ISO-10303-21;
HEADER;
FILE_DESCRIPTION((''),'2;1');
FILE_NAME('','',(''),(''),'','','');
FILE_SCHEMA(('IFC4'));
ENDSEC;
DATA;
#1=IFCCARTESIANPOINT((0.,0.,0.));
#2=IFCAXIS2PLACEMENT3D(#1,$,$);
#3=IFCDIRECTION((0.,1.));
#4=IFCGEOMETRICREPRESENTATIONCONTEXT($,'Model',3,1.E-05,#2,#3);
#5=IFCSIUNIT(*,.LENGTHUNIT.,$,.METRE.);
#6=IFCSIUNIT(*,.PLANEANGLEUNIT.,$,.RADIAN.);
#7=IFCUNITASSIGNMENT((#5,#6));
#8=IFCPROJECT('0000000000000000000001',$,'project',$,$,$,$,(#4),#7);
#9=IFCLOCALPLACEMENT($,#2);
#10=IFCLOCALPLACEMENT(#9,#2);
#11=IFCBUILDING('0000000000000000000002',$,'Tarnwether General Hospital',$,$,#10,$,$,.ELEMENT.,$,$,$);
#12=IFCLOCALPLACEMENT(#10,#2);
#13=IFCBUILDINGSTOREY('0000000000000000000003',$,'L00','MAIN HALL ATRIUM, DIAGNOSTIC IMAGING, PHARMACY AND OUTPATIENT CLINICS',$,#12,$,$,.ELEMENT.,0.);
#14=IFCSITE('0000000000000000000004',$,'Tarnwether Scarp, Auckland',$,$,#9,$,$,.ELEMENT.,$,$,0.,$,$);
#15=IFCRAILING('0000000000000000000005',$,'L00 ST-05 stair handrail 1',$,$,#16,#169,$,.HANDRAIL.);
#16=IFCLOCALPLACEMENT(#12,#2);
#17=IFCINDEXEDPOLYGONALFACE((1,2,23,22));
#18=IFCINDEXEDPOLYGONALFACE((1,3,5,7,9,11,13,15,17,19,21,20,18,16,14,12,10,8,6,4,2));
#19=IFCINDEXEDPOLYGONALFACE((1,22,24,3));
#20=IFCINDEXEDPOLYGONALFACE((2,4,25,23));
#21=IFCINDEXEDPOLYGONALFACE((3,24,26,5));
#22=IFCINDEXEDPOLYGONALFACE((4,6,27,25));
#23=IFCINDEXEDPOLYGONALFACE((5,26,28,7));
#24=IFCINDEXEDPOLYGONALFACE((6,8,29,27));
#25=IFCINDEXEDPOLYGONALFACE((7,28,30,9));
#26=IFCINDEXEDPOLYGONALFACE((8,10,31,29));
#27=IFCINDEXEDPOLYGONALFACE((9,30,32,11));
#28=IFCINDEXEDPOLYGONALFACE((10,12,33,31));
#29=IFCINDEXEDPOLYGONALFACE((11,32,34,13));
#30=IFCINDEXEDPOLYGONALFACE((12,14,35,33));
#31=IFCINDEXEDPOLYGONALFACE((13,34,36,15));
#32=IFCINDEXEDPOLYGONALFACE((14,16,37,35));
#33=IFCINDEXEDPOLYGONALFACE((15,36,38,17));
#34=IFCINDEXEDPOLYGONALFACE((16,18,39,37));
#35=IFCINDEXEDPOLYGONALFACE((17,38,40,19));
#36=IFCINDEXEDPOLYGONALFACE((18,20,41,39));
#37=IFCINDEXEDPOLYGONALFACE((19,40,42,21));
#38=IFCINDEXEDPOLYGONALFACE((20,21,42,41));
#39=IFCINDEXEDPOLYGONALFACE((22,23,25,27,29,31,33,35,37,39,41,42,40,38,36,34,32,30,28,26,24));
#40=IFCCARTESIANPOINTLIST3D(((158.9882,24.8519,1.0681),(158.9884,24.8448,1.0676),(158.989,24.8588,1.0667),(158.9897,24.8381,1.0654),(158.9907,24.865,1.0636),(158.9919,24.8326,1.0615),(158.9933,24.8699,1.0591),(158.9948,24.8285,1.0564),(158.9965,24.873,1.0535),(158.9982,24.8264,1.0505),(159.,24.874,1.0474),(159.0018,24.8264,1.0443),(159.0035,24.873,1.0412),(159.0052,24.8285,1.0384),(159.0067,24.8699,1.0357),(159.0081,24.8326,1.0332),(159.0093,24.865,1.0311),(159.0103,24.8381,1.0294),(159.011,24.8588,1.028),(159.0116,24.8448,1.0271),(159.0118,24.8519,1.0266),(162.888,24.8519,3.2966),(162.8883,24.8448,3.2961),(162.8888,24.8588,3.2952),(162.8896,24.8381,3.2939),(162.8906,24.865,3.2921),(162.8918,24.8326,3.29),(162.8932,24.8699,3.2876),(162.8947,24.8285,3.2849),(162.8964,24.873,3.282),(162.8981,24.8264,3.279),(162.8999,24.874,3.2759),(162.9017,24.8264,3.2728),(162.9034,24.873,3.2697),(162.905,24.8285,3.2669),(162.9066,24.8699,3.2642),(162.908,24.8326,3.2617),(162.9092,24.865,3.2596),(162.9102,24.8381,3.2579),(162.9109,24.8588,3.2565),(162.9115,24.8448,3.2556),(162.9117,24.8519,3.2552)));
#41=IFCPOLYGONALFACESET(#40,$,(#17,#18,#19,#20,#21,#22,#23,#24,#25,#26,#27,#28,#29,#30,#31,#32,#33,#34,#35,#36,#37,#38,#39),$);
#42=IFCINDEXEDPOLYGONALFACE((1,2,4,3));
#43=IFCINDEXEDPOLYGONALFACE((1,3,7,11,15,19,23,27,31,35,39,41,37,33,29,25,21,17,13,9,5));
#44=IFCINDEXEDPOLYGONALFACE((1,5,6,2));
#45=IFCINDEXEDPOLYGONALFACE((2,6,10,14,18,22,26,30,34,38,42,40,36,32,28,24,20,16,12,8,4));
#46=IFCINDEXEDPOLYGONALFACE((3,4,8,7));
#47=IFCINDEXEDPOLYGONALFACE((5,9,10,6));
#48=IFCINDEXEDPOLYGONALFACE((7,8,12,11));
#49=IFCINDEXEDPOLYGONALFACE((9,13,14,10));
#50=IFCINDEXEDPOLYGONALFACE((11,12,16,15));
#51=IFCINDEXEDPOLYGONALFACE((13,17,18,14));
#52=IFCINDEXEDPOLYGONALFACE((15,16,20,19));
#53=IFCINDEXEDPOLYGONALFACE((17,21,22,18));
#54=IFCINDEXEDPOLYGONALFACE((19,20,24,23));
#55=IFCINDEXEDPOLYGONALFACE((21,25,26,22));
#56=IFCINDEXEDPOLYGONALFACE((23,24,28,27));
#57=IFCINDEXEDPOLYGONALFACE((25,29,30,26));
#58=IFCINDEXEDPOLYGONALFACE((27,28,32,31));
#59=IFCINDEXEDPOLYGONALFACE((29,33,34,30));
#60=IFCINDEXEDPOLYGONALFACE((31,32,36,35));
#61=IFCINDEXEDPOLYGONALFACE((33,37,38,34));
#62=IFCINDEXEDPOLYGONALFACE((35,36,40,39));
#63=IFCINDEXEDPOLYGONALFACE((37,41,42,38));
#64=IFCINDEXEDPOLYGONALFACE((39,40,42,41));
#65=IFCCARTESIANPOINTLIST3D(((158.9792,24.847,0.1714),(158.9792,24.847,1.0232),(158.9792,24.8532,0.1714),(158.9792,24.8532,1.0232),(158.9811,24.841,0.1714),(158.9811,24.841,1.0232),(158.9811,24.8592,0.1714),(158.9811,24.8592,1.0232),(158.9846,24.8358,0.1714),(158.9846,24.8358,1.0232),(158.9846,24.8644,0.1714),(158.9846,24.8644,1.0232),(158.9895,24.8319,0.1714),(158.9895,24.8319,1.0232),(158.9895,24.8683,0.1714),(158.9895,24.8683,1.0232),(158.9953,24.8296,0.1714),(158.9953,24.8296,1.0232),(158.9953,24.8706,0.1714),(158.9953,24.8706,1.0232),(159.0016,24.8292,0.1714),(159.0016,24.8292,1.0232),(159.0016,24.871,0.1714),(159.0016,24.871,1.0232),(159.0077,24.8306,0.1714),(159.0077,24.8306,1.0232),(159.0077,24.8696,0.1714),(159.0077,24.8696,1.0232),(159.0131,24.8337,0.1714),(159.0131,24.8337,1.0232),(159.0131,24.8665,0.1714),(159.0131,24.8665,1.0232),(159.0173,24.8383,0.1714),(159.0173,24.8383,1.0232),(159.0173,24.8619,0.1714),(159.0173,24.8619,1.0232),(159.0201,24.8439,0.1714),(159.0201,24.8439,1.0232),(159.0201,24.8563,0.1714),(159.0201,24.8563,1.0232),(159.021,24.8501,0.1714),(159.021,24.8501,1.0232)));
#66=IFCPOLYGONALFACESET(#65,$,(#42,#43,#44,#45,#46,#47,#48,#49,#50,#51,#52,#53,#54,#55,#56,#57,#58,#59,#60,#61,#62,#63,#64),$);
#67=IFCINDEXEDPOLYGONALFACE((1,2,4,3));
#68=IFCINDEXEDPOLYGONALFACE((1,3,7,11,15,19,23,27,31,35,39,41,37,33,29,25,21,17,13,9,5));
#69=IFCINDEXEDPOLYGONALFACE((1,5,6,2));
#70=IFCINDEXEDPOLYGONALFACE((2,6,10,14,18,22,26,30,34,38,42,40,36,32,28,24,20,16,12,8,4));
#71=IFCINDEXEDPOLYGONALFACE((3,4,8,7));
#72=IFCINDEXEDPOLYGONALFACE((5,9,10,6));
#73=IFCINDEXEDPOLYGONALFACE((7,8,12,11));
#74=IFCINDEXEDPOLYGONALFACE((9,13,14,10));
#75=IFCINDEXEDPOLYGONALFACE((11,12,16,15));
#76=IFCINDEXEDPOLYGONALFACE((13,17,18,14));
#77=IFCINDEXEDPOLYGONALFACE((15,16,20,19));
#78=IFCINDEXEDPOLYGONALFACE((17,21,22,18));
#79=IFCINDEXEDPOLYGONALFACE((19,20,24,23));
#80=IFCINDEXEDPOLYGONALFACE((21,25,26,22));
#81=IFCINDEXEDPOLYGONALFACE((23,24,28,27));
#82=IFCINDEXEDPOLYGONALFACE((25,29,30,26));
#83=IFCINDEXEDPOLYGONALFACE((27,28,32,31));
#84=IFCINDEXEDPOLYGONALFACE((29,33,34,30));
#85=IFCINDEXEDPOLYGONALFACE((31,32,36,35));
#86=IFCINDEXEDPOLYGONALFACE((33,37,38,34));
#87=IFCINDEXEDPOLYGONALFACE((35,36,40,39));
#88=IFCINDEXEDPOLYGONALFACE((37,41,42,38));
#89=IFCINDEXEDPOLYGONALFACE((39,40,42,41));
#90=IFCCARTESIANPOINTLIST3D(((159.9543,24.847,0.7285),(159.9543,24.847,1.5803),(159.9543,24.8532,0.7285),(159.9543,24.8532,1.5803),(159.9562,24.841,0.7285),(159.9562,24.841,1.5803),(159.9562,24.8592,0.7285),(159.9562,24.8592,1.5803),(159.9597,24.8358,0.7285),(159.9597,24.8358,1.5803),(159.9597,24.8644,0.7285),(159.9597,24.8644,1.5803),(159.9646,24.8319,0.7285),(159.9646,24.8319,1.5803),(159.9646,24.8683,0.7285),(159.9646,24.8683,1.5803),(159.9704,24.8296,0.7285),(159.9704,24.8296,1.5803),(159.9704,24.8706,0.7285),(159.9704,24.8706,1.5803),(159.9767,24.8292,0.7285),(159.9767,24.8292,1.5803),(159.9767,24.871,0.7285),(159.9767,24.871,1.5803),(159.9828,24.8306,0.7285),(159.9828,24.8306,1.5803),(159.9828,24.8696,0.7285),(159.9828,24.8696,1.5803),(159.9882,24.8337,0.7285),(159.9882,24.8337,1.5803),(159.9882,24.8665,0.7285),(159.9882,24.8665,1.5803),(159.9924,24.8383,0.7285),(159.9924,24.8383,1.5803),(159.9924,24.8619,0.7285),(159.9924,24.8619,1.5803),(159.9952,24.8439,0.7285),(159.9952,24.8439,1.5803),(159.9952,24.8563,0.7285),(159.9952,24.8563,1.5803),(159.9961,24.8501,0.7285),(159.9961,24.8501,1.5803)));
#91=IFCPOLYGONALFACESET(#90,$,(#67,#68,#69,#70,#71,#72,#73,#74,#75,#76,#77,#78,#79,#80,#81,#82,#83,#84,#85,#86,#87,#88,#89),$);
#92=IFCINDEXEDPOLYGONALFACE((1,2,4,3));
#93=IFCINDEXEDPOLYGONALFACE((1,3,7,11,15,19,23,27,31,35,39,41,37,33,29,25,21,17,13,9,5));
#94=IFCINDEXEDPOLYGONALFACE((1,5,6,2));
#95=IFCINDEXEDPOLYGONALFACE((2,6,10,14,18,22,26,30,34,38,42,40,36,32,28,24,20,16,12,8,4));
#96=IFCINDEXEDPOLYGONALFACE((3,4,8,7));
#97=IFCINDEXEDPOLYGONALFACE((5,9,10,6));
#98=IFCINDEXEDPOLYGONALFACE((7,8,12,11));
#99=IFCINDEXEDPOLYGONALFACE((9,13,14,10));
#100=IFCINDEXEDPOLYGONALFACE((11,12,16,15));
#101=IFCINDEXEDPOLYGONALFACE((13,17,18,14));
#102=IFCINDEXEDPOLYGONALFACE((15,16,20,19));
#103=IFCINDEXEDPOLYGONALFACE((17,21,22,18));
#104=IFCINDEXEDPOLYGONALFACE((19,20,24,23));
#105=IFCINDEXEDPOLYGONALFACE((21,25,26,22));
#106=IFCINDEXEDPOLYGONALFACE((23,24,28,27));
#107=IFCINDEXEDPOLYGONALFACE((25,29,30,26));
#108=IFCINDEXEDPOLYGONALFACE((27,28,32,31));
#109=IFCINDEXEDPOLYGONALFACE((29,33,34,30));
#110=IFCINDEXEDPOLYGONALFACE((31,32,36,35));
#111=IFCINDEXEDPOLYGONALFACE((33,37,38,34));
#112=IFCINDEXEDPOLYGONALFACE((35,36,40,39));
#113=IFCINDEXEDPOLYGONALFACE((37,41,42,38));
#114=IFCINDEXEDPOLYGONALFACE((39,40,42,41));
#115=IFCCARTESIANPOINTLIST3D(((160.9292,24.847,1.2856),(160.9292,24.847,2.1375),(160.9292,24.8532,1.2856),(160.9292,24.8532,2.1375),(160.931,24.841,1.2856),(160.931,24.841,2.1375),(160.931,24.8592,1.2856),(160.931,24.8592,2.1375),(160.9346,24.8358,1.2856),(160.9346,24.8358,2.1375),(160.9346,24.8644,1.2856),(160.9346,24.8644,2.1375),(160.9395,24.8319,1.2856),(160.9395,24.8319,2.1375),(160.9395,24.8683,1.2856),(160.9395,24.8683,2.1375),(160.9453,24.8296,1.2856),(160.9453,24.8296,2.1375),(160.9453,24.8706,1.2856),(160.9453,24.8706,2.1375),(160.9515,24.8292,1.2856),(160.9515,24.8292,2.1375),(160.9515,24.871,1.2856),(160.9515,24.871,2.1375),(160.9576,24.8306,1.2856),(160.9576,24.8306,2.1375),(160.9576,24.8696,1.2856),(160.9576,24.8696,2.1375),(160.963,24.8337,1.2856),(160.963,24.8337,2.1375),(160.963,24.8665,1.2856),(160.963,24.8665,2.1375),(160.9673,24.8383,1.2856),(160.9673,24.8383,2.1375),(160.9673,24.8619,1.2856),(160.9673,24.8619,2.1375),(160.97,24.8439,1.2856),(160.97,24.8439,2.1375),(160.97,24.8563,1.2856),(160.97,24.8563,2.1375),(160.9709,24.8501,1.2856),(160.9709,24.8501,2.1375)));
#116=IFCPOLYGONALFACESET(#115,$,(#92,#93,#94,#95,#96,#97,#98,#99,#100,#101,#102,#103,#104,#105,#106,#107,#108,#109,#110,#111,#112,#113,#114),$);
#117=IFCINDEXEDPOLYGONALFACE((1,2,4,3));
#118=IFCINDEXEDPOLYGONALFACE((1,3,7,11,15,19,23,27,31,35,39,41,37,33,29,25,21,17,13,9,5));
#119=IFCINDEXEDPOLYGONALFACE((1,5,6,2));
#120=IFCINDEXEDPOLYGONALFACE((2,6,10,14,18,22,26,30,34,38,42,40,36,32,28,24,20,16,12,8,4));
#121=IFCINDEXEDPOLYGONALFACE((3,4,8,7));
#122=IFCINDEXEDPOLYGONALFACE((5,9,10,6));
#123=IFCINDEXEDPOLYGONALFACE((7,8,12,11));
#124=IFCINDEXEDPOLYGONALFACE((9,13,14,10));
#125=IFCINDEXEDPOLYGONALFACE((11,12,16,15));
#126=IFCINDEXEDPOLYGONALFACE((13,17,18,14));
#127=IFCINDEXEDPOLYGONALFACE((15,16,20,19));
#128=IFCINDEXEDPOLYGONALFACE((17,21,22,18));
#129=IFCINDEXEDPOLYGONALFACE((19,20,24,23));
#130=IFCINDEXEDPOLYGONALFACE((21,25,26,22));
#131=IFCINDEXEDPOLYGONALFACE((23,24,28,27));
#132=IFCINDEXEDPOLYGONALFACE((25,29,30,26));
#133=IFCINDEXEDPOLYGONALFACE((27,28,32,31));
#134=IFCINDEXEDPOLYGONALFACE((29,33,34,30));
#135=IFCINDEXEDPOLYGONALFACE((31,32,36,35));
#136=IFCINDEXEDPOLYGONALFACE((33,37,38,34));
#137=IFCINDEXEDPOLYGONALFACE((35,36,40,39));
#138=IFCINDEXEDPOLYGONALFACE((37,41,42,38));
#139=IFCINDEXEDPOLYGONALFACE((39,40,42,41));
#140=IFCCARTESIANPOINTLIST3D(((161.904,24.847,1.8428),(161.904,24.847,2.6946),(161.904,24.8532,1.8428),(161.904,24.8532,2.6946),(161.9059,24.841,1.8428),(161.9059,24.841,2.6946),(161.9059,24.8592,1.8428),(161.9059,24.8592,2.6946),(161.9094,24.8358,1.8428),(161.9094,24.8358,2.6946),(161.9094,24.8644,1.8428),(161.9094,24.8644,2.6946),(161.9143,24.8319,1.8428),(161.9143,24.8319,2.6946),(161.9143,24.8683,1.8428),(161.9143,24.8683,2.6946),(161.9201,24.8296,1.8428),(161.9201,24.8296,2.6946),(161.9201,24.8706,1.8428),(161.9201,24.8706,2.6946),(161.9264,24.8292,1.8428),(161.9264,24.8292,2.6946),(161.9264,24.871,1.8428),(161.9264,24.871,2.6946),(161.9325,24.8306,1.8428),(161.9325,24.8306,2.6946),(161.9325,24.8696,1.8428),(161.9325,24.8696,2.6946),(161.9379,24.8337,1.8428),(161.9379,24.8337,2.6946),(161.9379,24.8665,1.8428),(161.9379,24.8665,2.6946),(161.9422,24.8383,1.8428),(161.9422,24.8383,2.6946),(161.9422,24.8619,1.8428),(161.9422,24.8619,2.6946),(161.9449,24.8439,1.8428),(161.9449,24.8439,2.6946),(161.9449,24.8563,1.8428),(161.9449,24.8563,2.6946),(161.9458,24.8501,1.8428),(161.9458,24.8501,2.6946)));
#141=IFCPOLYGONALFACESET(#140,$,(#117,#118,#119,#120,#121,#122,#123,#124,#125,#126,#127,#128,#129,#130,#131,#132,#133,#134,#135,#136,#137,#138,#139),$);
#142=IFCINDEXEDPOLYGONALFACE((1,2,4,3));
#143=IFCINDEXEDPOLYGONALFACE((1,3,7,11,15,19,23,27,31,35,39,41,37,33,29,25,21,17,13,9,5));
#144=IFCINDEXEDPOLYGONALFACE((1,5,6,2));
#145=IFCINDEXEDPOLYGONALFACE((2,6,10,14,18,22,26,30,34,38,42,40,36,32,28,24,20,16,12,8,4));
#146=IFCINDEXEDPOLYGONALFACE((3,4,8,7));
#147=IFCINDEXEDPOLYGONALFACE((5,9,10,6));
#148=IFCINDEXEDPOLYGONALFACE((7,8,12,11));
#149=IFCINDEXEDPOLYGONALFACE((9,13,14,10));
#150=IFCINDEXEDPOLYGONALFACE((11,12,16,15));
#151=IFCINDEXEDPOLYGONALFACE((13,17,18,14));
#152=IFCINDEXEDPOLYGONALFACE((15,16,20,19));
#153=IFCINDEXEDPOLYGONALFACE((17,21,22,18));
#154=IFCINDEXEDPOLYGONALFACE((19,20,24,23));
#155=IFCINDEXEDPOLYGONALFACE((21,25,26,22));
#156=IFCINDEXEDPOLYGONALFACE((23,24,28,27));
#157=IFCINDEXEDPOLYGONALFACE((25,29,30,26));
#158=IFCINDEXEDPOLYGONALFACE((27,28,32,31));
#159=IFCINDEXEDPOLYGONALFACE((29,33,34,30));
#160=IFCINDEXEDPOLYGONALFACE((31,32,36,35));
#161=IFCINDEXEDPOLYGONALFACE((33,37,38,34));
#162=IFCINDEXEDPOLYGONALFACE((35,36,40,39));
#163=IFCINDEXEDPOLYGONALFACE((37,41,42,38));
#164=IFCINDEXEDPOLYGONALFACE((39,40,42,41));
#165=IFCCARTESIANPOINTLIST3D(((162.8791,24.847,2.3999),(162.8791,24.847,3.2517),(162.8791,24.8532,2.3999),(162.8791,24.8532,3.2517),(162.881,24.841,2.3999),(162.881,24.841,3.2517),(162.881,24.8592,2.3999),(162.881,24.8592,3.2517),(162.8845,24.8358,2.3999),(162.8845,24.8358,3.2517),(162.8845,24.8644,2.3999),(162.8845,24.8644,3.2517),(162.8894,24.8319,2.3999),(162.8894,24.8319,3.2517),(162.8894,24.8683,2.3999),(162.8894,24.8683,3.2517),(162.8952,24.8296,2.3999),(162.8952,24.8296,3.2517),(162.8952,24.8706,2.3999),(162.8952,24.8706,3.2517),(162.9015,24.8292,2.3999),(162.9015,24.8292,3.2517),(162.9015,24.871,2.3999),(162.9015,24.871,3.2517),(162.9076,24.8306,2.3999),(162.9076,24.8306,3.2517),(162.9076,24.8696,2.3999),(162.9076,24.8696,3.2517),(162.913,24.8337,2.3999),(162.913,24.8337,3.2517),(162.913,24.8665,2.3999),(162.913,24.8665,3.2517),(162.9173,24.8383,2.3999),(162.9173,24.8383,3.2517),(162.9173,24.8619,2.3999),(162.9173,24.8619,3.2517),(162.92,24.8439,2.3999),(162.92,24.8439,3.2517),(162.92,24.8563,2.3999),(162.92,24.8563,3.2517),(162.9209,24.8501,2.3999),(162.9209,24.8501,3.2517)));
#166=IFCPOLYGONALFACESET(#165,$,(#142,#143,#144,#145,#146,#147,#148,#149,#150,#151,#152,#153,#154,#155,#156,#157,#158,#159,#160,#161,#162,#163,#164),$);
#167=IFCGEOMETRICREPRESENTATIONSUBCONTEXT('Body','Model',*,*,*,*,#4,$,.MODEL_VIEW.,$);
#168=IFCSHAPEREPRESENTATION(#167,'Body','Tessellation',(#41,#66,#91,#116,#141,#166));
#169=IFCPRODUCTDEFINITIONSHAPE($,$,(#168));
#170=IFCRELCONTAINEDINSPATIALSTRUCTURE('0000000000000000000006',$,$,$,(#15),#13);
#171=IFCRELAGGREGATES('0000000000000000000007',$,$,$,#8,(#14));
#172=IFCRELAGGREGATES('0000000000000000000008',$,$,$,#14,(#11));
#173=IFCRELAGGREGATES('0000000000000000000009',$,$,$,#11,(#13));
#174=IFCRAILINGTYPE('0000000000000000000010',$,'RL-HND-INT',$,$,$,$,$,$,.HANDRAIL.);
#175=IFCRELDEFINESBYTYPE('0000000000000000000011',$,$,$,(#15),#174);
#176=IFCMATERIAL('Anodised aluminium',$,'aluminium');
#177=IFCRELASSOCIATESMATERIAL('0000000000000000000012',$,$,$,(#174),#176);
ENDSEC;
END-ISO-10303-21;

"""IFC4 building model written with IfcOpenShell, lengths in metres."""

from ifc_helpers import new_model, si_unit, direction, frame, origin, origin_2d, place, context, subcontext, project, spatial, circle, extrude, material, type_object, element, save


model = new_model("IFC4")

# Units and contexts
model_context = context("Model", 3, precision=1e-05, world=origin(), true_north=direction((0.0, 1.0)))
body_context = subcontext(model_context, "Body", "Model", "MODEL_VIEW")
ifc_project = project(units=[si_unit("LENGTHUNIT", "METRE"), si_unit("PLANEANGLEUNIT", "RADIAN")], contexts=[model_context])

# Site, building, storey
site_placement = place(None, origin())
site = spatial("IfcSite", under=ifc_project, at=site_placement, Name="Tarnwether Scarp, Auckland", CompositionType="ELEMENT", RefElevation=0.0)
building_placement = place(site_placement, origin())
building = spatial("IfcBuilding", under=site, at=building_placement, Name="Tarnwether General Hospital", CompositionType="ELEMENT")
storey_placement = place(building_placement, origin())
storey = spatial("IfcBuildingStorey", under=building, at=storey_placement, Name="L00", Description="MAIN HALL ATRIUM, DIAGNOSTIC IMAGING, PHARMACY AND OUTPATIENT CLINICS", CompositionType="ELEMENT", Elevation=0.0)

# Railing
ifc_material_1 = material(Name="Anodised aluminium", Category="aluminium")
railing_type_1 = type_object("IfcRailingType", Name="RL-HND-INT", PredefinedType="HANDRAIL", material=ifc_material_1)
railing_1_placement = place(storey_placement, frame((159.0, 24.8501, 0.1714)))
element("IfcRailing", 1, at=railing_1_placement, inside=storey, type_object=railing_type_1, Name="L00 ST-05 stair handrail 1", PredefinedType="HANDRAIL", context=body_context, shape_type="SweptSolid", body=[
    extrude(circle(Radius=0.0239, at=origin_2d()), frame((0.0, 0.0, 0.876), z_axis=(0.868243, 0.0, 0.496139), x_axis=(0.0, 1.0, 0.0)), (0.0, 0.0, 1.0), 4.4917),
    extrude(circle(Radius=0.021, at=origin_2d()), origin(), (0.0, 0.0, 1.0), 0.8518),
    extrude(circle(Radius=0.021, at=origin_2d()), frame((0.9751, 0.0, 0.5571)), (0.0, 0.0, 1.0), 0.8518),
    extrude(circle(Radius=0.021, at=origin_2d()), frame((1.95, 0.0, 1.1143)), (0.0, 0.0, 1.0), 0.8518),
    extrude(circle(Radius=0.021, at=origin_2d()), frame((2.9248, 0.0, 1.6714)), (0.0, 0.0, 1.0), 0.8518),
    extrude(circle(Radius=0.021, at=origin_2d()), frame((3.8999, 0.0, 2.2285)), (0.0, 0.0, 1.0), 0.8518),
])

save(model, "model.ifc")
